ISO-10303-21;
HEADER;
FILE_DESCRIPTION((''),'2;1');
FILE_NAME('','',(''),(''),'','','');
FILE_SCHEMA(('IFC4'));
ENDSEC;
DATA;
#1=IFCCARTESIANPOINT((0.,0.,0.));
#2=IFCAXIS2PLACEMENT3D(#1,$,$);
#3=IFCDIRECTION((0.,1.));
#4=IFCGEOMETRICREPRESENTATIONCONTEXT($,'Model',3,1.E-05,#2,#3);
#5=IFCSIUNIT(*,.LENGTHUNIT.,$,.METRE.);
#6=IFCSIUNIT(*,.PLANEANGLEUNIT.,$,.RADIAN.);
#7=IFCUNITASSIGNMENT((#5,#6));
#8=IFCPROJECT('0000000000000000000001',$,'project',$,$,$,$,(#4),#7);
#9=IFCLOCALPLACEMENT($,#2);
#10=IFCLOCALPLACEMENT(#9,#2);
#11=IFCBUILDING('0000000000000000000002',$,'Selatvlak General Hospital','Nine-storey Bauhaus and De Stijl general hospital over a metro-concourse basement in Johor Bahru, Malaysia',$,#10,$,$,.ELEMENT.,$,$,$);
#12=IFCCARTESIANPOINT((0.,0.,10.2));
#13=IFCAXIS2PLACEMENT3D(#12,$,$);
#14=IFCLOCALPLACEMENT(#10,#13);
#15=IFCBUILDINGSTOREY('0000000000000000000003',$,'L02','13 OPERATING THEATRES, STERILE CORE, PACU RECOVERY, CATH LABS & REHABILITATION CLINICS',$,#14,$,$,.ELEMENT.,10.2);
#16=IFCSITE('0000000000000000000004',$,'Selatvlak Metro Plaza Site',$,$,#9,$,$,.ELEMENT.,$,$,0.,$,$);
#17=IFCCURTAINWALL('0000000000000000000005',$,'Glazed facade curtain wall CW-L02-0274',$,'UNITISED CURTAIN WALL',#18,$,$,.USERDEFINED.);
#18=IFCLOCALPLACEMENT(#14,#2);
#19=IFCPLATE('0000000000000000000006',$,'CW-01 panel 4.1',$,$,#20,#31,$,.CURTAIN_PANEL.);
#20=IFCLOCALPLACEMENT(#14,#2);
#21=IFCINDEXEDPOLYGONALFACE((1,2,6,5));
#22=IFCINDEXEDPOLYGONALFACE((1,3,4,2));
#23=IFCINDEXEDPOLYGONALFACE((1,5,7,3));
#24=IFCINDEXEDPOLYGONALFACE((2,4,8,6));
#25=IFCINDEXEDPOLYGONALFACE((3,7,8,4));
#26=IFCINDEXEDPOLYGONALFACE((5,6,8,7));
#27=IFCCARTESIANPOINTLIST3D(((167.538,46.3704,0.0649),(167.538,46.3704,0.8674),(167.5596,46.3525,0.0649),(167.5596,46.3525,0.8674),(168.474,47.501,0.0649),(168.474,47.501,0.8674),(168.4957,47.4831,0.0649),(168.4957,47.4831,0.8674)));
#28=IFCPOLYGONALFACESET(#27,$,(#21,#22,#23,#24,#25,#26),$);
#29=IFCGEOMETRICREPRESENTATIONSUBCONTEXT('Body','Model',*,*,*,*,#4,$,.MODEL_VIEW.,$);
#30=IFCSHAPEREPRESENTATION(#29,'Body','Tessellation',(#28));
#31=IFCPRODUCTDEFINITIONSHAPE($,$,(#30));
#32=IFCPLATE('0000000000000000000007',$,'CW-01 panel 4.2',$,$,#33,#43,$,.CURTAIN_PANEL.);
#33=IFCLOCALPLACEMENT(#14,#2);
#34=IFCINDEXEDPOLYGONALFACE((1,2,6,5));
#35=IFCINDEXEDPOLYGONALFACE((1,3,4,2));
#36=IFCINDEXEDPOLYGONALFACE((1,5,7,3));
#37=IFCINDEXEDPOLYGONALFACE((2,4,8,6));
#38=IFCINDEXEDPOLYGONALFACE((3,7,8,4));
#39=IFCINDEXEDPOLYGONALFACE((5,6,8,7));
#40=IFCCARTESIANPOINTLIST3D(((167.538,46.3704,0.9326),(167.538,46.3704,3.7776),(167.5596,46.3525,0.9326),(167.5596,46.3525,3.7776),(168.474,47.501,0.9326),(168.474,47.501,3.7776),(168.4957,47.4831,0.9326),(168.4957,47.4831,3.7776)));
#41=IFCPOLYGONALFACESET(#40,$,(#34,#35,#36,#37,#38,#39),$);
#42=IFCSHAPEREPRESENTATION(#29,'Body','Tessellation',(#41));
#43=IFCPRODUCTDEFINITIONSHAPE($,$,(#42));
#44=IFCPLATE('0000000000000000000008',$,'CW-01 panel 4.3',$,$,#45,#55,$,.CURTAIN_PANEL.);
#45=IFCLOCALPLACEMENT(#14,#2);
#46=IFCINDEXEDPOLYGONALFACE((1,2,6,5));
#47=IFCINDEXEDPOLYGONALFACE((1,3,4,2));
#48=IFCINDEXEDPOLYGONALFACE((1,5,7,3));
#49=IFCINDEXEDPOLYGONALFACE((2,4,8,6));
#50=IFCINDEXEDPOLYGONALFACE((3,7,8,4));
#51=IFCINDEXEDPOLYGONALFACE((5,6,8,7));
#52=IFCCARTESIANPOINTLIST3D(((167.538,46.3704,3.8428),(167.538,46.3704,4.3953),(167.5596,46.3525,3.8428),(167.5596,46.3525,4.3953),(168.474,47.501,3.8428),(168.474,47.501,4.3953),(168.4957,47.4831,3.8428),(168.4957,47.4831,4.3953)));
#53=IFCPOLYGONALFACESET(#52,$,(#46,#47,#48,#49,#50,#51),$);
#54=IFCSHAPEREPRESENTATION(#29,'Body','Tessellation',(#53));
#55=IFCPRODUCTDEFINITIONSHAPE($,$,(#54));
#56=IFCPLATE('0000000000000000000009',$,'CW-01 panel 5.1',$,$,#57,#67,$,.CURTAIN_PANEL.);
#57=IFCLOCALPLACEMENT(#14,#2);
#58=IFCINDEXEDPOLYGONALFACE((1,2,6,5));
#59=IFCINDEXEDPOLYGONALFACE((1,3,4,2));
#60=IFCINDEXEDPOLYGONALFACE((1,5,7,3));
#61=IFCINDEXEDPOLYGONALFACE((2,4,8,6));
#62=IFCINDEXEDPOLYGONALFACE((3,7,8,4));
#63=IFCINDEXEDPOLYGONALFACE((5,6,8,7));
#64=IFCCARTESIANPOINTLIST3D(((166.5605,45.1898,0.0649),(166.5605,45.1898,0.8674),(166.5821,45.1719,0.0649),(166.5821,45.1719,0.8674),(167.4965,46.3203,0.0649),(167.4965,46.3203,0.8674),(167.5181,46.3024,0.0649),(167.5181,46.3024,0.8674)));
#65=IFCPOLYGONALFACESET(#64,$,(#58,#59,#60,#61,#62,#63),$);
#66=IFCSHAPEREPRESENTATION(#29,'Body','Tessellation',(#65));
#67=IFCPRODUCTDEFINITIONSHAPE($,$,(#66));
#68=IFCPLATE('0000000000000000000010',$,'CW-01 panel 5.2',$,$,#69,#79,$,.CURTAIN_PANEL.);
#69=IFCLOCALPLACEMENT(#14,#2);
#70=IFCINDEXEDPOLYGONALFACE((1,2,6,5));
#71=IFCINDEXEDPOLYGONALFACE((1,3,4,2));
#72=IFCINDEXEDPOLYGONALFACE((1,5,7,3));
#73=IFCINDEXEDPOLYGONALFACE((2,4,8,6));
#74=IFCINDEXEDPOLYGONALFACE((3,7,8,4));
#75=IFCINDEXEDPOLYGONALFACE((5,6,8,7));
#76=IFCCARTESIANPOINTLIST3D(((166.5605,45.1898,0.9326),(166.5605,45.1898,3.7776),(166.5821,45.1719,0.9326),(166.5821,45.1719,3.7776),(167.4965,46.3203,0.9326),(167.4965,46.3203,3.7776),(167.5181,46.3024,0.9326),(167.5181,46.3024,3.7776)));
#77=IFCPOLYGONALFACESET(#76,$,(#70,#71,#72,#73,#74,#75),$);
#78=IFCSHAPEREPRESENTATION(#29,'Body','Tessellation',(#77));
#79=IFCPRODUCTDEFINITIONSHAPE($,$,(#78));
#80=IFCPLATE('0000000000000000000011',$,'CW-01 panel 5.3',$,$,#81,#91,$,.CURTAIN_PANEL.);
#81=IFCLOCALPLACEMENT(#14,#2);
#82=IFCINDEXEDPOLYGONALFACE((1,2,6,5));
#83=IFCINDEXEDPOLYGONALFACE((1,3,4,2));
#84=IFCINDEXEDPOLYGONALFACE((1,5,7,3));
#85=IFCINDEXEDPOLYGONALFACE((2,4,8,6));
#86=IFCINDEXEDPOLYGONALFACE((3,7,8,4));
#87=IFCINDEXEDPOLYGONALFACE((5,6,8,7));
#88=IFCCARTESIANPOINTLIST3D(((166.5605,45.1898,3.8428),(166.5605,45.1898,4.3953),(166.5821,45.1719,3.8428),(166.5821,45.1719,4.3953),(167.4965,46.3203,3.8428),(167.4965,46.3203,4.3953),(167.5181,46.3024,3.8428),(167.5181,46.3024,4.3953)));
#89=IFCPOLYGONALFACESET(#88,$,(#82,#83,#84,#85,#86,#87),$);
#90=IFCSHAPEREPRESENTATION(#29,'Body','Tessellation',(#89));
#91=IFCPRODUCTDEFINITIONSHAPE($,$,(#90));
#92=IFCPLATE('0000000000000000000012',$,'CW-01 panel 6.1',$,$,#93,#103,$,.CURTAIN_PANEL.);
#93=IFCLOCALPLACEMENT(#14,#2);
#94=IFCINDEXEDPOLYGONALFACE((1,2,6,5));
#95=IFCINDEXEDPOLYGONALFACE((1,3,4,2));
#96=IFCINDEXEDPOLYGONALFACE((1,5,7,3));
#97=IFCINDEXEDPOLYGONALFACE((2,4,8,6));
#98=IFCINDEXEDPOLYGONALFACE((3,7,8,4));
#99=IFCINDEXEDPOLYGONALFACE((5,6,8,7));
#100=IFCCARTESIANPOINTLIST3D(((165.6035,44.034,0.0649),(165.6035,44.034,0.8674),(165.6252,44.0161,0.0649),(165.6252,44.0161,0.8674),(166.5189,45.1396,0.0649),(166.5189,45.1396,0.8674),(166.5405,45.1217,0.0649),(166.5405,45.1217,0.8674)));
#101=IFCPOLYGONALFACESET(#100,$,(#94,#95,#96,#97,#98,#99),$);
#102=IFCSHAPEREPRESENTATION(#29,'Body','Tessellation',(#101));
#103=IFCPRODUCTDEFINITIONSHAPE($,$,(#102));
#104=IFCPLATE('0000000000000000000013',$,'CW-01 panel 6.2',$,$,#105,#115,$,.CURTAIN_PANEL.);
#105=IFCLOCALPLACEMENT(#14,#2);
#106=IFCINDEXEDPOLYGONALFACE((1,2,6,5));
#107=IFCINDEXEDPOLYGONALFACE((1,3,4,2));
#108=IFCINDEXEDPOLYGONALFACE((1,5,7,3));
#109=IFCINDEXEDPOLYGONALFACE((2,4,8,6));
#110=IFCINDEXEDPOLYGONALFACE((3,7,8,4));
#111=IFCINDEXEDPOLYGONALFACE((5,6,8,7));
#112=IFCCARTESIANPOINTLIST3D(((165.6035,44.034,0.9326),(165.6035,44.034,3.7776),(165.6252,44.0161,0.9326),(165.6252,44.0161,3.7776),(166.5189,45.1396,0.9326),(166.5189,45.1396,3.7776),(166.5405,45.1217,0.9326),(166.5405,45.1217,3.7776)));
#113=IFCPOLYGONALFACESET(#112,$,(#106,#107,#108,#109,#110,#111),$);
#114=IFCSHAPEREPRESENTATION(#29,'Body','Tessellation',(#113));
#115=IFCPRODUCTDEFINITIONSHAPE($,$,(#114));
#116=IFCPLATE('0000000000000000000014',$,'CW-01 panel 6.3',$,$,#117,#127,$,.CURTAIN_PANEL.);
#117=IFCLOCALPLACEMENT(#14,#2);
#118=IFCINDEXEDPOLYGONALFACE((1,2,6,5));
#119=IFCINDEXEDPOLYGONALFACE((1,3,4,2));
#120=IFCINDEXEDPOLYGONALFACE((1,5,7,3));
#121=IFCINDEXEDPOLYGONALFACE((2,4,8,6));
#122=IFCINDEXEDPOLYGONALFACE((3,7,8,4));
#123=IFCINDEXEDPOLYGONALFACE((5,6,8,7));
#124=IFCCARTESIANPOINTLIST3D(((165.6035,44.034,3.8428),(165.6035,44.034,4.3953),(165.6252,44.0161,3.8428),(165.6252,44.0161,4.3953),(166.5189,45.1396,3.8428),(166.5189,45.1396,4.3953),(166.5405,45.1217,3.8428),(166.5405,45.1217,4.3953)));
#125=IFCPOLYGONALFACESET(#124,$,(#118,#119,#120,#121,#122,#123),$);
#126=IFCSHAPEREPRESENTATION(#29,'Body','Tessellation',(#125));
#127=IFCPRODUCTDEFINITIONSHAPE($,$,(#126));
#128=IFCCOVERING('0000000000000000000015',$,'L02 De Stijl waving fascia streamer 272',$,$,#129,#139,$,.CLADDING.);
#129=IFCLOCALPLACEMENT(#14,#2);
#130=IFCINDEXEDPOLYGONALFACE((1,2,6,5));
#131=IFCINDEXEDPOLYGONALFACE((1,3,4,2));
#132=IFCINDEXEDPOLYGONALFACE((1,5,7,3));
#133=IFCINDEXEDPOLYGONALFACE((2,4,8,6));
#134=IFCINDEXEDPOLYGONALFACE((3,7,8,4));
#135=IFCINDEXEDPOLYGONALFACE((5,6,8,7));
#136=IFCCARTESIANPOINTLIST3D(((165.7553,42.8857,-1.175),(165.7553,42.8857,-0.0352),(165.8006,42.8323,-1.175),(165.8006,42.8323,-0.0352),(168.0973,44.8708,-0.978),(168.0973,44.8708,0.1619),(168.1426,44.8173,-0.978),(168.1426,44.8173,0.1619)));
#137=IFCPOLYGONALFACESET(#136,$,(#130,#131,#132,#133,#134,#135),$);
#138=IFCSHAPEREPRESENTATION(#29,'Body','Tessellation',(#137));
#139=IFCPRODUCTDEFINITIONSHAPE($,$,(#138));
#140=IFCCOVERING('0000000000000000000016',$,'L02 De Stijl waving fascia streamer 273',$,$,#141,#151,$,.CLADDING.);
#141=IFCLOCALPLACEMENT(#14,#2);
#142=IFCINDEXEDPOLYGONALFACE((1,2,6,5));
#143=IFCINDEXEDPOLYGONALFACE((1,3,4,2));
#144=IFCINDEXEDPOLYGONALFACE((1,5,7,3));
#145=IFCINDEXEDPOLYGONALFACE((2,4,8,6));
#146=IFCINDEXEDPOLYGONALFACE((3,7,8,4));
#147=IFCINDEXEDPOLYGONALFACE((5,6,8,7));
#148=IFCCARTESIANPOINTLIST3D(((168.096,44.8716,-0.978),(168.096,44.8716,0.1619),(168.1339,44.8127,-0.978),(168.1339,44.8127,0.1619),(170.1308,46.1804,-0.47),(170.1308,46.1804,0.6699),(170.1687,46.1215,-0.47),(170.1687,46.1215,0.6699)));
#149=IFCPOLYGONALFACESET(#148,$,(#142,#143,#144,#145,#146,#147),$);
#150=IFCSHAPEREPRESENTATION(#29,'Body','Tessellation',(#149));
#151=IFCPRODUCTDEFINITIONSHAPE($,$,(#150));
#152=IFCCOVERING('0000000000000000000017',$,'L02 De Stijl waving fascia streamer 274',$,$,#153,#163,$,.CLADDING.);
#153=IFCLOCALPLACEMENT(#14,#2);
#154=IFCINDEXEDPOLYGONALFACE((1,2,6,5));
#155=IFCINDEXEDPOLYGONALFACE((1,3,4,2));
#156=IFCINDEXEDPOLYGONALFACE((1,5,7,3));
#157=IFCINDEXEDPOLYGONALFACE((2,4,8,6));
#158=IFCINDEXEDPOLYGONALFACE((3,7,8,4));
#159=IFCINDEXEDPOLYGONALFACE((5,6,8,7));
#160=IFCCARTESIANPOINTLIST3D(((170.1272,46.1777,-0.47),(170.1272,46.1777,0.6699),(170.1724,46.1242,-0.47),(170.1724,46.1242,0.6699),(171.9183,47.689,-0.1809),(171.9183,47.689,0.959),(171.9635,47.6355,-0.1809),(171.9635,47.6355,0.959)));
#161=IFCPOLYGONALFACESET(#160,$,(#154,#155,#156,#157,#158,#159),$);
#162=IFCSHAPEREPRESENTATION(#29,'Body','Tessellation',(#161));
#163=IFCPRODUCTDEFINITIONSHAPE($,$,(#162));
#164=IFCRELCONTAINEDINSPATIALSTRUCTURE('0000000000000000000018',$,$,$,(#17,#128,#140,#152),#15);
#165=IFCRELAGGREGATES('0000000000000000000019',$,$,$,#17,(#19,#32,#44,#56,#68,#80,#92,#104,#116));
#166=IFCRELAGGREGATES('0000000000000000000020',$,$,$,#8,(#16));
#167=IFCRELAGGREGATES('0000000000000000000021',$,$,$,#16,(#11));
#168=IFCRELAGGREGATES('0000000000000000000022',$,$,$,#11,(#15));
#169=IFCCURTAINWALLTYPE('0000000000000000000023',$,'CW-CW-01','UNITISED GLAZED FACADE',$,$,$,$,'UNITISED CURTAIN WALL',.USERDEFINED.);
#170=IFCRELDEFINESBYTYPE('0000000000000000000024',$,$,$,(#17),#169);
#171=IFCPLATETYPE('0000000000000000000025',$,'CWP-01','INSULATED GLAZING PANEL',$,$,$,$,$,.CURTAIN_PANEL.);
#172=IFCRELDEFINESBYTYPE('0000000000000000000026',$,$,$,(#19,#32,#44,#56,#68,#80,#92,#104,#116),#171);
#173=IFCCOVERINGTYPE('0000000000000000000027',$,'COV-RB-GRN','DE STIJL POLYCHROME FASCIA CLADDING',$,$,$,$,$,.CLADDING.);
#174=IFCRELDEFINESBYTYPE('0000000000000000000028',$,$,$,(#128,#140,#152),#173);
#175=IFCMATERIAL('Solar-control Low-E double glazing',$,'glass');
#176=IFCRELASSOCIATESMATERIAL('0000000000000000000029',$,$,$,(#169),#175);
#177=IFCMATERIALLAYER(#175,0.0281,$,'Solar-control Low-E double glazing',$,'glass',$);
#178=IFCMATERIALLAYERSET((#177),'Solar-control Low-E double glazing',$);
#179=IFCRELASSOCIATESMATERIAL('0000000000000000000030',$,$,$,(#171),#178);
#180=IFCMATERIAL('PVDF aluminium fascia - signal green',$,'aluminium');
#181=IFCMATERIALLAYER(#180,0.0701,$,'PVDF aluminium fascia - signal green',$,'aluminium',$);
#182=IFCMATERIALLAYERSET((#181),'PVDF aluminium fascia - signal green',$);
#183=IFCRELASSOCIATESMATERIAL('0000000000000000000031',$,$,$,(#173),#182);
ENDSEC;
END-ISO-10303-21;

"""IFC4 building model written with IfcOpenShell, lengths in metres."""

from ifc_helpers import new_model, si_unit, direction, frame, origin, origin_2d, place, context, subcontext, project, spatial, polyline, rectangle, outline, extrude, material, layer, layer_set, type_object, element, aggregate, save


model = new_model("IFC4")

# Units and contexts
model_context = context("Model", 3, precision=1e-05, world=origin(), true_north=direction((0.0, 1.0)))
body_context = subcontext(model_context, "Body", "Model", "MODEL_VIEW")
ifc_project = project(units=[si_unit("LENGTHUNIT", "METRE"), si_unit("PLANEANGLEUNIT", "RADIAN")], contexts=[model_context])

# Site, building, storey
site_placement = place(None, origin())
site = spatial("IfcSite", under=ifc_project, at=site_placement, Name="Selatvlak Metro Plaza Site", CompositionType="ELEMENT", RefElevation=0.0)
building_placement = place(site_placement, origin())
building = spatial("IfcBuilding", under=site, at=building_placement, Name="Selatvlak General Hospital", Description="Nine-storey Bauhaus and De Stijl general hospital over a metro-concourse basement in Johor Bahru, Malaysia", CompositionType="ELEMENT")
storey_placement = place(building_placement, frame((0.0, 0.0, 10.2)))
storey = spatial("IfcBuildingStorey", under=building, at=storey_placement, Name="L02", Description="13 OPERATING THEATRES, STERILE CORE, PACU RECOVERY, CATH LABS & REHABILITATION CLINICS", CompositionType="ELEMENT", Elevation=10.2)

# Curtain wall, plates
ifc_material_1 = material(Name="Solar-control Low-E double glazing", Category="glass")
curtain_wall_type = type_object("IfcCurtainWallType", Name="CW-CW-01", Description="UNITISED GLAZED FACADE", ElementType="UNITISED CURTAIN WALL", PredefinedType="USERDEFINED", material=ifc_material_1)
curtain_wall_placement = place(storey_placement, origin())
curtain_wall = element("IfcCurtainWall", 1, at=curtain_wall_placement, inside=storey, type_object=curtain_wall_type, Name="Glazed facade curtain wall CW-L02-0274", ObjectType="UNITISED CURTAIN WALL", PredefinedType="USERDEFINED")
ifc_layer_1 = layer(ifc_material_1, 0.0281, Name="Solar-control Low-E double glazing", Category="glass")
ifc_layer_set_1 = layer_set([ifc_layer_1], Name="Solar-control Low-E double glazing")
plate_type = type_object("IfcPlateType", Name="CWP-01", Description="INSULATED GLAZING PANEL", PredefinedType="CURTAIN_PANEL", material=ifc_layer_set_1)
plate_1_placement = place(storey_placement, frame((168.0168, 46.9268, 0.0649), z_axis=(0.0, 0.0, 1.0), x_axis=(-0.637721, -0.770267, 0.0)))
plate_1 = element("IfcPlate", 2, at=plate_1_placement, type_object=plate_type, Name="CW-01 panel 4.1", PredefinedType="CURTAIN_PANEL", context=body_context, shape_type="SweptSolid", body=[
    extrude(rectangle(XDim=1.4678, YDim=0.0281, at=origin_2d()), origin(), (0.0, 0.0, 1.0), 0.8025),
])
plate_2_placement = place(storey_placement, frame((168.0168, 46.9268, 0.9326), z_axis=(0.0, 0.0, 1.0), x_axis=(-0.637721, -0.770267, 0.0)))
plate_2 = element("IfcPlate", 3, at=plate_2_placement, type_object=plate_type, Name="CW-01 panel 4.2", PredefinedType="CURTAIN_PANEL", context=body_context, shape_type="SweptSolid", body=[
    extrude(rectangle(XDim=1.4678, YDim=0.0281, at=origin_2d()), origin(), (0.0, 0.0, 1.0), 2.845),
])
plate_3_placement = place(storey_placement, frame((168.0168, 46.9268, 3.8428), z_axis=(0.0, 0.0, 1.0), x_axis=(-0.637721, -0.770267, 0.0)))
plate_3 = element("IfcPlate", 4, at=plate_3_placement, type_object=plate_type, Name="CW-01 panel 4.3", PredefinedType="CURTAIN_PANEL", context=body_context, shape_type="SweptSolid", body=[
    extrude(rectangle(XDim=1.4678, YDim=0.0281, at=origin_2d()), origin(), (0.0, 0.0, 1.0), 0.5525),
])
plate_4_placement = place(storey_placement, frame((167.0393, 45.7461, 0.0649), z_axis=(0.0, 0.0, 1.0), x_axis=(-0.637721, -0.770267, 0.0)))
plate_4 = element("IfcPlate", 5, at=plate_4_placement, type_object=plate_type, Name="CW-01 panel 5.1", PredefinedType="CURTAIN_PANEL", context=body_context, shape_type="SweptSolid", body=[
    extrude(rectangle(XDim=1.4678, YDim=0.0281, at=origin_2d()), origin(), (0.0, 0.0, 1.0), 0.8025),
])
plate_5_placement = place(storey_placement, frame((167.0393, 45.7461, 0.9326), z_axis=(0.0, 0.0, 1.0), x_axis=(-0.637721, -0.770267, 0.0)))
plate_5 = element("IfcPlate", 6, at=plate_5_placement, type_object=plate_type, Name="CW-01 panel 5.2", PredefinedType="CURTAIN_PANEL", context=body_context, shape_type="SweptSolid", body=[
    extrude(rectangle(XDim=1.4678, YDim=0.0281, at=origin_2d()), origin(), (0.0, 0.0, 1.0), 2.845),
])
plate_6_placement = place(storey_placement, frame((167.0393, 45.7461, 3.8428), z_axis=(0.0, 0.0, 1.0), x_axis=(-0.637721, -0.770267, 0.0)))
plate_6 = element("IfcPlate", 7, at=plate_6_placement, type_object=plate_type, Name="CW-01 panel 5.3", PredefinedType="CURTAIN_PANEL", context=body_context, shape_type="SweptSolid", body=[
    extrude(rectangle(XDim=1.4678, YDim=0.0281, at=origin_2d()), origin(), (0.0, 0.0, 1.0), 0.5525),
])
plate_7_placement = place(storey_placement, frame((166.072, 44.5779, 0.0649), z_axis=(0.0, 0.0, 1.0), x_axis=(-0.637721, -0.770267, 0.0)))
plate_7 = element("IfcPlate", 8, at=plate_7_placement, type_object=plate_type, Name="CW-01 panel 6.1", PredefinedType="CURTAIN_PANEL", context=body_context, shape_type="SweptSolid", body=[
    extrude(rectangle(XDim=1.4353, YDim=0.0281, at=origin_2d()), origin(), (0.0, 0.0, 1.0), 0.8025),
])
plate_8_placement = place(storey_placement, frame((166.072, 44.5779, 0.9326), z_axis=(0.0, 0.0, 1.0), x_axis=(-0.637721, -0.770267, 0.0)))
plate_8 = element("IfcPlate", 9, at=plate_8_placement, type_object=plate_type, Name="CW-01 panel 6.2", PredefinedType="CURTAIN_PANEL", context=body_context, shape_type="SweptSolid", body=[
    extrude(rectangle(XDim=1.4353, YDim=0.0281, at=origin_2d()), origin(), (0.0, 0.0, 1.0), 2.845),
])
plate_9_placement = place(storey_placement, frame((166.072, 44.5779, 3.8428), z_axis=(0.0, 0.0, 1.0), x_axis=(-0.637721, -0.770267, 0.0)))
plate_9 = element("IfcPlate", 10, at=plate_9_placement, type_object=plate_type, Name="CW-01 panel 6.3", PredefinedType="CURTAIN_PANEL", context=body_context, shape_type="SweptSolid", body=[
    extrude(rectangle(XDim=1.4353, YDim=0.0281, at=origin_2d()), origin(), (0.0, 0.0, 1.0), 0.5525),
])
aggregate(curtain_wall, [plate_1, plate_2, plate_3, plate_4, plate_5, plate_6, plate_7, plate_8, plate_9])

# Coverings
ifc_material_2 = material(Name="PVDF aluminium fascia - signal green", Category="aluminium")
ifc_layer_2 = layer(ifc_material_2, 0.0701, Name="PVDF aluminium fascia - signal green", Category="aluminium")
ifc_layer_set_2 = layer_set([ifc_layer_2], Name="PVDF aluminium fascia - signal green")
covering_type = type_object("IfcCoveringType", Name="COV-RB-GRN", Description="DE STIJL POLYCHROME FASCIA CLADDING", PredefinedType="CLADDING", material=ifc_layer_set_2)
covering_1_placement = place(storey_placement, frame((165.7781, 42.8589, -1.175), z_axis=(0.0, 0.0, 1.0), x_axis=(0.762843, 0.646584, 0.0)))
element("IfcCovering", 11, at=covering_1_placement, inside=storey, type_object=covering_type, Name="L02 De Stijl waving fascia streamer 272", PredefinedType="CLADDING", context=body_context, shape_type="SweptSolid", body=[
    extrude(outline(polyline([(0.0, 0.0), (3.0701, 0.197), (3.0701, 1.3369), (0.0, 1.1399), (0.0, 0.0)])), frame((0.0, 0.0352, 0.0), z_axis=(0.0, -1.0, 0.0), x_axis=(1.0, 0.0, 0.0)), (0.0, 0.0, 1.0), 0.0701),
])
covering_2_placement = place(storey_placement, frame((168.115, 44.842, -0.978), z_axis=(0.0, 0.0, 1.0), x_axis=(0.841051, 0.540956, 0.0)))
element("IfcCovering", 12, at=covering_2_placement, inside=storey, type_object=covering_type, Name="L02 De Stijl waving fascia streamer 273", PredefinedType="CLADDING", context=body_context, shape_type="SweptSolid", body=[
    extrude(outline(polyline([(0.0, 0.0), (2.4194, 0.5081), (2.4194, 1.6479), (0.0, 1.1399), (0.0, 0.0)])), frame((0.0, 0.0352, 0.0), z_axis=(0.0, -1.0, 0.0), x_axis=(1.0, 0.0, 0.0)), (0.0, 0.0, 1.0), 0.0701),
])
covering_3_placement = place(storey_placement, frame((170.1499, 46.1509, -0.47), z_axis=(0.0, 0.0, 1.0), x_axis=(0.764279, 0.644886, 0.0)))
element("IfcCovering", 13, at=covering_3_placement, inside=storey, type_object=covering_type, Name="L02 De Stijl waving fascia streamer 274", PredefinedType="CLADDING", context=body_context, shape_type="SweptSolid", body=[
    extrude(outline(polyline([(0.0, 0.0), (2.3435, 0.2891), (2.3435, 1.429), (0.0, 1.1399), (0.0, 0.0)])), frame((0.0, 0.0352, 0.0), z_axis=(0.0, -1.0, 0.0), x_axis=(1.0, 0.0, 0.0)), (0.0, 0.0, 1.0), 0.0701),
])

save(model, "model.ifc")
